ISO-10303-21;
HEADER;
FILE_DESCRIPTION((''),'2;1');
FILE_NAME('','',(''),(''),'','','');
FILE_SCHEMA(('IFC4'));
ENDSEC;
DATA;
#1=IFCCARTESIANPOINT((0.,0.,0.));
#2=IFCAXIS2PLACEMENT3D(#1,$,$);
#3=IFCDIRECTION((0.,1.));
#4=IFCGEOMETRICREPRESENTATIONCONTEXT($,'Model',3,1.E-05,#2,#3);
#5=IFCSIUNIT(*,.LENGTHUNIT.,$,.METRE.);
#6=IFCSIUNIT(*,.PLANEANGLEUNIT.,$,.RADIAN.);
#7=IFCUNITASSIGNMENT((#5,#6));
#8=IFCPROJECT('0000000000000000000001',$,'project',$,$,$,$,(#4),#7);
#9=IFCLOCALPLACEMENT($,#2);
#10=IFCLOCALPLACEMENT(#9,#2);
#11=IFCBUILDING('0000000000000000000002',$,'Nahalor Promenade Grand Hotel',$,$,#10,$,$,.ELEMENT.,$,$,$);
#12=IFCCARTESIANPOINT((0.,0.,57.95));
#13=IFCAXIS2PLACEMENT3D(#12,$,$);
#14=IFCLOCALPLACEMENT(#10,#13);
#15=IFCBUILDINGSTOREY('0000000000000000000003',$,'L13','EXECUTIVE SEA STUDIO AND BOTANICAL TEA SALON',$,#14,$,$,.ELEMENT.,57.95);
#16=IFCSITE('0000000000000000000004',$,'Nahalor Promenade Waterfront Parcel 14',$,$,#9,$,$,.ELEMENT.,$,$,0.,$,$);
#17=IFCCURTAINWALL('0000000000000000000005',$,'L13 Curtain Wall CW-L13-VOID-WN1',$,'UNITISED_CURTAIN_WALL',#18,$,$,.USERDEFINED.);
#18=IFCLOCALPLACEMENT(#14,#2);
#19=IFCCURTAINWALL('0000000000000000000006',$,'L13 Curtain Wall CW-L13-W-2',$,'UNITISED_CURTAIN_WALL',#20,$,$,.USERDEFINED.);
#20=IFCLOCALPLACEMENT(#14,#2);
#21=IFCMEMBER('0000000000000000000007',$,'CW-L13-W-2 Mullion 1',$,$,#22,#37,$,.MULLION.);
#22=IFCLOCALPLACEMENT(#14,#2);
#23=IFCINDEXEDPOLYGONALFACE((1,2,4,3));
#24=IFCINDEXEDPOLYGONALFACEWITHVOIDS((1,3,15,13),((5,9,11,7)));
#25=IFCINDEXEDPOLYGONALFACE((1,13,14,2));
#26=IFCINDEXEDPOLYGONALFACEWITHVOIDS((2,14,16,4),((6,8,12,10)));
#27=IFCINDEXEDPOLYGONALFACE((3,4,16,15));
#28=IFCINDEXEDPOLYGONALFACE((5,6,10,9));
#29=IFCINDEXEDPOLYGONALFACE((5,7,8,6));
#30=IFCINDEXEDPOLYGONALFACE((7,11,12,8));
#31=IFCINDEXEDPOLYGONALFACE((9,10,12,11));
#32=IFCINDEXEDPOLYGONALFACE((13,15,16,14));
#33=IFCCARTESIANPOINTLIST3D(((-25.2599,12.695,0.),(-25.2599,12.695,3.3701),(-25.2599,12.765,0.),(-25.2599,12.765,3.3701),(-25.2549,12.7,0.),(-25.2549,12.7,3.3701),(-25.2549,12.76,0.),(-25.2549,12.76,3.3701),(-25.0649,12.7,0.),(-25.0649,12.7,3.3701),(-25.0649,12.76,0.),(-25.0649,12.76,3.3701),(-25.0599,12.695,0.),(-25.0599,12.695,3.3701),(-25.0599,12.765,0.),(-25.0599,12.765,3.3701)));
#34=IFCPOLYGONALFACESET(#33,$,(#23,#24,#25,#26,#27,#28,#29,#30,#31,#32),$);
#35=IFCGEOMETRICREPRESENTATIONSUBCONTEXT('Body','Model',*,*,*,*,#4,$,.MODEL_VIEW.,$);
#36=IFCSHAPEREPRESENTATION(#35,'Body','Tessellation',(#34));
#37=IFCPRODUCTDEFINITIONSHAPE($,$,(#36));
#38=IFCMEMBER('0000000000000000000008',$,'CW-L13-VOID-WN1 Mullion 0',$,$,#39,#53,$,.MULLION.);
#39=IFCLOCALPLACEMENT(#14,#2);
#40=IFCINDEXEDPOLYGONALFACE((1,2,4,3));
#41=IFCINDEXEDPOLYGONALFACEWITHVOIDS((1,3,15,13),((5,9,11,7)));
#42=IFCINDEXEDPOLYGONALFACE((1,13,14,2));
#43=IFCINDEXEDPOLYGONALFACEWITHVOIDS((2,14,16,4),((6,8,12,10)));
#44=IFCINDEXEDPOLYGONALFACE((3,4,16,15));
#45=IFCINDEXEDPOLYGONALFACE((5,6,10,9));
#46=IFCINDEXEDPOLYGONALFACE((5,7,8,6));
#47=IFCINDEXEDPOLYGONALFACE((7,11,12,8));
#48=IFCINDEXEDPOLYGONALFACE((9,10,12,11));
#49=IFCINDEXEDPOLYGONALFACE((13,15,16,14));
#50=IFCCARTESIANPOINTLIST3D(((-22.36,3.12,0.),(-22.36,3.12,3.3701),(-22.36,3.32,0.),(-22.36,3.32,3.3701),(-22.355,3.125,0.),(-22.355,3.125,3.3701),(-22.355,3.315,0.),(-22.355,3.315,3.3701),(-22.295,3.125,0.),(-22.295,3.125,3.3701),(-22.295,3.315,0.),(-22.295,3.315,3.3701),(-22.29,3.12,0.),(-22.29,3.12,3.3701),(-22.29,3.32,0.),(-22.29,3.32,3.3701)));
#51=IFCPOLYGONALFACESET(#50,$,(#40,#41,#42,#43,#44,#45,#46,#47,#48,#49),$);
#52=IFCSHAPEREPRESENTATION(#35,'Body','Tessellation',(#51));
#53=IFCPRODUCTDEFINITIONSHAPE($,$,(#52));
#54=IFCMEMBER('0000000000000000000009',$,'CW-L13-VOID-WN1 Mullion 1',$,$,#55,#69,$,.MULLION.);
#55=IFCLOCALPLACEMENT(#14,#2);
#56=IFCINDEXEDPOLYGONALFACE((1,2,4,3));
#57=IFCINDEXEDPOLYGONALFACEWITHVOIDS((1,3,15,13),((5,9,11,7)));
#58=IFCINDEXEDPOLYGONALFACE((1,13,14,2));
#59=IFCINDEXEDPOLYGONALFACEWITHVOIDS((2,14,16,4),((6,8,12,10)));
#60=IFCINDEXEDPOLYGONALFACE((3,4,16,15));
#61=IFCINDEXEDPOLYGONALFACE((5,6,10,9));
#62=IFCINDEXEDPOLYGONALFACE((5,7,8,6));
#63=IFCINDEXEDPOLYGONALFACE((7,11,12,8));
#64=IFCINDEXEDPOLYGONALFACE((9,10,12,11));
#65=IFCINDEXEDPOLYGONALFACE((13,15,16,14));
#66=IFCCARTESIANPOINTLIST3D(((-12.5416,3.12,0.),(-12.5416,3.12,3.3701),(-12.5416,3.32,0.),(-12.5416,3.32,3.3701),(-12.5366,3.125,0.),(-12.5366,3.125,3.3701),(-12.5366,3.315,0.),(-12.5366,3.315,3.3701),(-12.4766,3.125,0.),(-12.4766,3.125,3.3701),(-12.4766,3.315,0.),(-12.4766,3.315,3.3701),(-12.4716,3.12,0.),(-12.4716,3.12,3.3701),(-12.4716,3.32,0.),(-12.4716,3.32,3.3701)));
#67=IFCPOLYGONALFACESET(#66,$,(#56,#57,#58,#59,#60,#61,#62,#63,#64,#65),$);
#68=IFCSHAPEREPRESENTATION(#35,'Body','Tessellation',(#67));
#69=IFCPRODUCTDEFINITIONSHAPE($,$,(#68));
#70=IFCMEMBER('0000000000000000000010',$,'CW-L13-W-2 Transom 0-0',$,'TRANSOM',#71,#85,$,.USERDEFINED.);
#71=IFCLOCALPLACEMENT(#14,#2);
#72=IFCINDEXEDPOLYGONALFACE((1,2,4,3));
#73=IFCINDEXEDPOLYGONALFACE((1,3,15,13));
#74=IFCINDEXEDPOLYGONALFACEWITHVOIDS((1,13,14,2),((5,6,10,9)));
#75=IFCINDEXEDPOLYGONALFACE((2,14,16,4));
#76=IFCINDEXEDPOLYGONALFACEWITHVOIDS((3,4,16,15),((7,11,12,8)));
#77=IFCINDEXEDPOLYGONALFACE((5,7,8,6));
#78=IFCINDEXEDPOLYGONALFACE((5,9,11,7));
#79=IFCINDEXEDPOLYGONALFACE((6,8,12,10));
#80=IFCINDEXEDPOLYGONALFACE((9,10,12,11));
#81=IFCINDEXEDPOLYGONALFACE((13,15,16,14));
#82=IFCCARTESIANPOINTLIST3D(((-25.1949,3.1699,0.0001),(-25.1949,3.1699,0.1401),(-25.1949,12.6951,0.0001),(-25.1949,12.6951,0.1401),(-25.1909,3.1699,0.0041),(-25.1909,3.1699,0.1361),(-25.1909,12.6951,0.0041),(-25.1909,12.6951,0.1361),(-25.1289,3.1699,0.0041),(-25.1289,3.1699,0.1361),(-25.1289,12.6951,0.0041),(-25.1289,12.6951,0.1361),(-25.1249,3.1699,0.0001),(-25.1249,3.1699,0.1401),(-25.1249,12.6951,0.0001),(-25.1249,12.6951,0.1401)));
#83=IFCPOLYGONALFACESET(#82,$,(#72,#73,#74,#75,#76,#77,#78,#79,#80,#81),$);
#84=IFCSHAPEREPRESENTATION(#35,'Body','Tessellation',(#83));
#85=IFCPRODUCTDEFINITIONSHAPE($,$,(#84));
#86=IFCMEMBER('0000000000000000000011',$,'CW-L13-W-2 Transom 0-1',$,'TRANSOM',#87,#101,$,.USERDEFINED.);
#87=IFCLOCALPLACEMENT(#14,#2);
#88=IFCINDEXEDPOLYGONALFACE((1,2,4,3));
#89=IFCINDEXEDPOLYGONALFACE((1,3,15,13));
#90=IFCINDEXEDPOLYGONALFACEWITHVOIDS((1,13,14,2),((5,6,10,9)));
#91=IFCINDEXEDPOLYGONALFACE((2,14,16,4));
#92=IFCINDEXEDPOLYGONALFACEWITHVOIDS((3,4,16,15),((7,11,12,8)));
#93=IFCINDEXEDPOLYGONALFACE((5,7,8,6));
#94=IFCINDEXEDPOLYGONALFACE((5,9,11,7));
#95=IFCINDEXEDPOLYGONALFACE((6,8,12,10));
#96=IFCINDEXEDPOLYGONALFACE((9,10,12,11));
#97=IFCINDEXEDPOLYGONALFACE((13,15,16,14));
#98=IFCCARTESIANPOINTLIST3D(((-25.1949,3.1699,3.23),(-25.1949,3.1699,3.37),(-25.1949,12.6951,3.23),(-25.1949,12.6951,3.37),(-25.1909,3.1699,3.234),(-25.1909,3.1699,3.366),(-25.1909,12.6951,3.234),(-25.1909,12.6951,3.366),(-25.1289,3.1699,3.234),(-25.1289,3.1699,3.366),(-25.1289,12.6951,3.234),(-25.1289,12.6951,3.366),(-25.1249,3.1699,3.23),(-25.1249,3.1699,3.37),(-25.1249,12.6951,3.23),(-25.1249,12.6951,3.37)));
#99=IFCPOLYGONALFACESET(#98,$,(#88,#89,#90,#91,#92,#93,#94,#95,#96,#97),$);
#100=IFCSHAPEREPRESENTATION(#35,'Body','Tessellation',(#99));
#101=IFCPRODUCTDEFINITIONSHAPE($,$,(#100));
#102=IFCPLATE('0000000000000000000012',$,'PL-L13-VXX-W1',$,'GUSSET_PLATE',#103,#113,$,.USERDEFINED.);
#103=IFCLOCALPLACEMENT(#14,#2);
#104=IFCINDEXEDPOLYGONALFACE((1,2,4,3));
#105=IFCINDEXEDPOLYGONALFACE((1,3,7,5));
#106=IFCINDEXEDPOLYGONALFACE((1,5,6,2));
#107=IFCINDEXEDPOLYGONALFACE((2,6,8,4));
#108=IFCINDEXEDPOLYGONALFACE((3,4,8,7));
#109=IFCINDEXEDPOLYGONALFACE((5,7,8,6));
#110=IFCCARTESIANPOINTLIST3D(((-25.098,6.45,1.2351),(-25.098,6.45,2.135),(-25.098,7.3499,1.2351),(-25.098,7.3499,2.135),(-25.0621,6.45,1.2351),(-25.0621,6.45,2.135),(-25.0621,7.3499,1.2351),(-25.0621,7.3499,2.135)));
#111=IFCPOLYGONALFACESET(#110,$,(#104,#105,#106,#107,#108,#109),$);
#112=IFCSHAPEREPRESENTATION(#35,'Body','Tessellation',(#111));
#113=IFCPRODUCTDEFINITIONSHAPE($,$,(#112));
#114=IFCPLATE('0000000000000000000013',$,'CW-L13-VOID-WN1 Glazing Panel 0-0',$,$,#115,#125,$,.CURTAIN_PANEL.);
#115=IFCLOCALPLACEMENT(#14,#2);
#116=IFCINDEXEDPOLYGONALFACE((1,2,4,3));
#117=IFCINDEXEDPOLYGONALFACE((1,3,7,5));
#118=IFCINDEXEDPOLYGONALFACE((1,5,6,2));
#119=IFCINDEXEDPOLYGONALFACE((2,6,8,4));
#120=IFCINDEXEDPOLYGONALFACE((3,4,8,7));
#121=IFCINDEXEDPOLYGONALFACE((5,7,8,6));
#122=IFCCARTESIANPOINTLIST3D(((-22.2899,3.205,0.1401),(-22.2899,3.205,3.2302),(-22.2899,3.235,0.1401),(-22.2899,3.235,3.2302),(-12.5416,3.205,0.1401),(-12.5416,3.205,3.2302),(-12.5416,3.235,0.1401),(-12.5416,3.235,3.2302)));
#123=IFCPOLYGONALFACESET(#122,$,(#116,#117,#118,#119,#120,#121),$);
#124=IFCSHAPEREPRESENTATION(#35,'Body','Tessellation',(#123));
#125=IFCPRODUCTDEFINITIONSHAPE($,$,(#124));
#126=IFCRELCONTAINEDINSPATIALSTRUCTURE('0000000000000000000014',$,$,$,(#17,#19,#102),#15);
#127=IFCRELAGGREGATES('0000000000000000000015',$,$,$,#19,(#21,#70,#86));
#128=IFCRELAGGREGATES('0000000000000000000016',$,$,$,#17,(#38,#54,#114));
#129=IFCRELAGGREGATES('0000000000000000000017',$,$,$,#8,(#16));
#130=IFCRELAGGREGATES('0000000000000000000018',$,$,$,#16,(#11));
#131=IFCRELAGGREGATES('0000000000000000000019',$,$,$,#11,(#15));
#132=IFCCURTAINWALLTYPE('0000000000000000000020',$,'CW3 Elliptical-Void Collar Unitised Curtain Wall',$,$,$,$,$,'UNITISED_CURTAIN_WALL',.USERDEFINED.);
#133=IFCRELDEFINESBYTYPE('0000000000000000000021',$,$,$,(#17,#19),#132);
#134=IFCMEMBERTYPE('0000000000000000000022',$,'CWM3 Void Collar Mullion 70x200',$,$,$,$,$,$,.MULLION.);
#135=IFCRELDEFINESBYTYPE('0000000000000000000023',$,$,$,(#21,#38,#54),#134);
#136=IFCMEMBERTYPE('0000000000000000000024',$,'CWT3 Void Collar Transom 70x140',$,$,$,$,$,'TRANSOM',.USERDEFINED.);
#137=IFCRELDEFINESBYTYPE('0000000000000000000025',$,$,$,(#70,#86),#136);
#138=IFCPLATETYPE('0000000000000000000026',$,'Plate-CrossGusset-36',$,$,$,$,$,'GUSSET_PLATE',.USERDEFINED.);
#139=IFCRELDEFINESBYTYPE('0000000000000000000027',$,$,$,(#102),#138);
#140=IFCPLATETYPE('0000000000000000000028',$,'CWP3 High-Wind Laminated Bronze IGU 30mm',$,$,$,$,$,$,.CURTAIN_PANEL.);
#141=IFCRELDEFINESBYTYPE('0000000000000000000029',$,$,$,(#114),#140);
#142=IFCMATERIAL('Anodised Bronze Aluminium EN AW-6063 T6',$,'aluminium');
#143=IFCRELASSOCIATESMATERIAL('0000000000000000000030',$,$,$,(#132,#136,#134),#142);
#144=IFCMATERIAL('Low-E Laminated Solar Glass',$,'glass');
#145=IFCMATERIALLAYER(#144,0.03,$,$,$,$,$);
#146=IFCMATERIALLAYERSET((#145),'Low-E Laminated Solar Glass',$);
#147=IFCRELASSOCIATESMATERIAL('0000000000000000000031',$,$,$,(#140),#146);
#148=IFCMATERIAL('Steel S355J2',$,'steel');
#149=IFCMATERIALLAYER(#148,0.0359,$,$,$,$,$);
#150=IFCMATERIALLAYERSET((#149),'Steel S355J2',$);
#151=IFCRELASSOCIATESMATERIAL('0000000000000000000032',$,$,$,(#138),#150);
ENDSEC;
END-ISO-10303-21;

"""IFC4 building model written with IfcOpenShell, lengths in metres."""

from ifc_helpers import new_model, si_unit, direction, frame, origin, origin_2d, place, context, subcontext, project, spatial, rectangle, hollow_rectangle, extrude, source, transform, mapped, material, layer, layer_set, material_profile, profile_set, type_object, element, aggregate, save


model = new_model("IFC4")

# Units and contexts
model_context = context("Model", 3, precision=1e-05, world=origin(), true_north=direction((0.0, 1.0)))
body_context = subcontext(model_context, "Body", "Model", "MODEL_VIEW")
ifc_project = project(units=[si_unit("LENGTHUNIT", "METRE"), si_unit("PLANEANGLEUNIT", "RADIAN")], contexts=[model_context])

# Site, building, storey
site_placement = place(None, origin())
site = spatial("IfcSite", under=ifc_project, at=site_placement, Name="Nahalor Promenade Waterfront Parcel 14", CompositionType="ELEMENT", RefElevation=0.0)
building_placement = place(site_placement, origin())
building = spatial("IfcBuilding", under=site, at=building_placement, Name="Nahalor Promenade Grand Hotel", CompositionType="ELEMENT")
storey_placement = place(building_placement, frame((0.0, 0.0, 57.95)))
storey = spatial("IfcBuildingStorey", under=building, at=storey_placement, Name="L13", Description="EXECUTIVE SEA STUDIO AND BOTANICAL TEA SALON", CompositionType="ELEMENT", Elevation=57.95)

# Shared definitions
ifc_material_1 = material(Name="Steel S355J2", Category="steel")

# Curtain wall
ifc_material_2 = material(Name="Anodised Bronze Aluminium EN AW-6063 T6", Category="aluminium")
curtain_wall_type = type_object("IfcCurtainWallType", Name="CW3 Elliptical-Void Collar Unitised Curtain Wall", ElementType="UNITISED_CURTAIN_WALL", PredefinedType="USERDEFINED", material=ifc_material_2)
curtain_wall_1_placement = place(storey_placement, origin())
curtain_wall_1 = element("IfcCurtainWall", 1, at=curtain_wall_1_placement, inside=storey, type_object=curtain_wall_type, Name="L13 Curtain Wall CW-L13-VOID-WN1", ObjectType="UNITISED_CURTAIN_WALL", PredefinedType="USERDEFINED")
ifc_material_profile_1 = material_profile(ifc_material_2, hollow_rectangle(XDim=0.07, YDim=0.14, WallThickness=0.004, at=origin_2d()), Name="CWT 70x140x4")
ifc_profile_set_1 = profile_set([ifc_material_profile_1], Name="Anodised Bronze Aluminium EN AW-6063 T6")
member_type_1 = type_object("IfcMemberType", Name="CWT3 Void Collar Transom 70x140", ElementType="TRANSOM", PredefinedType="USERDEFINED", material=ifc_profile_set_1)

# Shared definitions
ifc_material_profile_2 = material_profile(ifc_material_2, hollow_rectangle(XDim=0.07, YDim=0.2, WallThickness=0.005, at=origin_2d()), Name="CWM 70x200x5")
ifc_profile_set_2 = profile_set([ifc_material_profile_2], Name="Anodised Bronze Aluminium EN AW-6063 T6")
member_type_2 = type_object("IfcMemberType", Name="CWM3 Void Collar Mullion 70x200", PredefinedType="MULLION", material=ifc_profile_set_2)
shared_shape_1 = source(origin(), body_context, "Body", "SweptSolid", [
    extrude(hollow_rectangle(XDim=0.07, YDim=0.2, WallThickness=0.005, at=origin_2d()), origin(), (0.0, 0.0, 1.0), 3.3701),
])

# Curtain wall, member
curtain_wall_2_placement = place(storey_placement, origin())
curtain_wall_2 = element("IfcCurtainWall", 2, at=curtain_wall_2_placement, inside=storey, type_object=curtain_wall_type, Name="L13 Curtain Wall CW-L13-W-2", ObjectType="UNITISED_CURTAIN_WALL", PredefinedType="USERDEFINED")
member_1_placement = place(storey_placement, frame((-25.1599, 12.73, 0.0), z_axis=(0.0, 0.0, 1.0), x_axis=(0.0, 1.0, 0.0)))
member_1 = element("IfcMember", 3, at=member_1_placement, type_object=member_type_2, Name="CW-L13-W-2 Mullion 1", PredefinedType="MULLION", context=body_context, shape_type="MappedRepresentation", body=[
    mapped(shared_shape_1, transform((0.0, 0.0, 0.0), scale=1.0)),
])

# Members
member_2_placement = place(storey_placement, frame((-22.325, 3.22, 0.0), z_axis=(0.0, 0.0, 1.0), x_axis=(1.0, 0.0, 0.0)))
member_2 = element("IfcMember", 4, at=member_2_placement, type_object=member_type_2, Name="CW-L13-VOID-WN1 Mullion 0", PredefinedType="MULLION", context=body_context, shape_type="MappedRepresentation", body=[
    mapped(shared_shape_1, transform((0.0, 0.0, 0.0), scale=1.0)),
])
member_3_placement = place(storey_placement, frame((-12.5066, 3.22, 0.0), z_axis=(0.0, 0.0, 1.0), x_axis=(1.0, 0.0, 0.0)))
member_3 = element("IfcMember", 5, at=member_3_placement, type_object=member_type_2, Name="CW-L13-VOID-WN1 Mullion 1", PredefinedType="MULLION", context=body_context, shape_type="MappedRepresentation", body=[
    mapped(shared_shape_1, transform((0.0, 0.0, 0.0), scale=1.0)),
])
shared_shape_2 = source(origin(), body_context, "Body", "SweptSolid", [
    extrude(hollow_rectangle(XDim=0.07, YDim=0.14, WallThickness=0.004, at=origin_2d()), origin(), (0.0, 0.0, 1.0), 9.5251),
])
member_4_placement = place(storey_placement, frame((-25.1599, 3.1699, 0.0701), z_axis=(0.0, 1.0, 0.0), x_axis=(-1.0, 0.0, 0.0)))
member_4 = element("IfcMember", 6, at=member_4_placement, type_object=member_type_1, Name="CW-L13-W-2 Transom 0-0", ObjectType="TRANSOM", PredefinedType="USERDEFINED", context=body_context, shape_type="MappedRepresentation", body=[
    mapped(shared_shape_2, transform((0.0, 0.0, 0.0), scale=1.0)),
])
member_5_placement = place(storey_placement, frame((-25.1599, 3.1699, 3.3), z_axis=(0.0, 1.0, 0.0), x_axis=(-1.0, 0.0, 0.0)))
member_5 = element("IfcMember", 7, at=member_5_placement, type_object=member_type_1, Name="CW-L13-W-2 Transom 0-1", ObjectType="TRANSOM", PredefinedType="USERDEFINED", context=body_context, shape_type="MappedRepresentation", body=[
    mapped(shared_shape_2, transform((0.0, 0.0, 0.0), scale=1.0)),
])

# Plates
ifc_material_3 = material(Name="Low-E Laminated Solar Glass", Category="glass")
ifc_layer_1 = layer(ifc_material_3, 0.03)
ifc_layer_set_1 = layer_set([ifc_layer_1], Name="Low-E Laminated Solar Glass")
plate_type_1 = type_object("IfcPlateType", Name="CWP3 High-Wind Laminated Bronze IGU 30mm", PredefinedType="CURTAIN_PANEL", material=ifc_layer_set_1)
aggregate(curtain_wall_2, [member_1, member_4, member_5])
ifc_layer_2 = layer(ifc_material_1, 0.0359)
ifc_layer_set_2 = layer_set([ifc_layer_2], Name="Steel S355J2")
plate_type_2 = type_object("IfcPlateType", Name="Plate-CrossGusset-36", ElementType="GUSSET_PLATE", PredefinedType="USERDEFINED", material=ifc_layer_set_2)
shared_shape_3 = source(origin(), body_context, "Body", "SweptSolid", [
    extrude(rectangle(XDim=0.8999, YDim=0.0359, at=origin_2d()), origin(), (0.0, 0.0, 1.0), 0.8999),
])
plate_1_placement = place(storey_placement, frame((-25.0801, 6.8999, 1.2351), z_axis=(0.0, 0.0, 1.0), x_axis=(0.0, 1.0, 0.0)))
element("IfcPlate", 8, at=plate_1_placement, inside=storey, type_object=plate_type_2, Name="PL-L13-VXX-W1", ObjectType="GUSSET_PLATE", PredefinedType="USERDEFINED", context=body_context, shape_type="MappedRepresentation", body=[
    mapped(shared_shape_3, transform((0.0, 0.0, 0.0), scale=1.0)),
])
shared_shape_4 = source(origin(), body_context, "Body", "SweptSolid", [
    extrude(rectangle(XDim=9.7483, YDim=0.03, at=origin_2d()), origin(), (0.0, 0.0, 1.0), 3.0901),
])
plate_2_placement = place(storey_placement, frame((-17.4158, 3.22, 0.1401), z_axis=(0.0, 0.0, 1.0), x_axis=(1.0, 0.0, 0.0)))
plate_2 = element("IfcPlate", 9, at=plate_2_placement, type_object=plate_type_1, Name="CW-L13-VOID-WN1 Glazing Panel 0-0", PredefinedType="CURTAIN_PANEL", context=body_context, shape_type="MappedRepresentation", body=[
    mapped(shared_shape_4, transform((0.0, 0.0, 0.0), scale=1.0)),
])
aggregate(curtain_wall_1, [member_2, member_3, plate_2])

save(model, "model.ifc")
